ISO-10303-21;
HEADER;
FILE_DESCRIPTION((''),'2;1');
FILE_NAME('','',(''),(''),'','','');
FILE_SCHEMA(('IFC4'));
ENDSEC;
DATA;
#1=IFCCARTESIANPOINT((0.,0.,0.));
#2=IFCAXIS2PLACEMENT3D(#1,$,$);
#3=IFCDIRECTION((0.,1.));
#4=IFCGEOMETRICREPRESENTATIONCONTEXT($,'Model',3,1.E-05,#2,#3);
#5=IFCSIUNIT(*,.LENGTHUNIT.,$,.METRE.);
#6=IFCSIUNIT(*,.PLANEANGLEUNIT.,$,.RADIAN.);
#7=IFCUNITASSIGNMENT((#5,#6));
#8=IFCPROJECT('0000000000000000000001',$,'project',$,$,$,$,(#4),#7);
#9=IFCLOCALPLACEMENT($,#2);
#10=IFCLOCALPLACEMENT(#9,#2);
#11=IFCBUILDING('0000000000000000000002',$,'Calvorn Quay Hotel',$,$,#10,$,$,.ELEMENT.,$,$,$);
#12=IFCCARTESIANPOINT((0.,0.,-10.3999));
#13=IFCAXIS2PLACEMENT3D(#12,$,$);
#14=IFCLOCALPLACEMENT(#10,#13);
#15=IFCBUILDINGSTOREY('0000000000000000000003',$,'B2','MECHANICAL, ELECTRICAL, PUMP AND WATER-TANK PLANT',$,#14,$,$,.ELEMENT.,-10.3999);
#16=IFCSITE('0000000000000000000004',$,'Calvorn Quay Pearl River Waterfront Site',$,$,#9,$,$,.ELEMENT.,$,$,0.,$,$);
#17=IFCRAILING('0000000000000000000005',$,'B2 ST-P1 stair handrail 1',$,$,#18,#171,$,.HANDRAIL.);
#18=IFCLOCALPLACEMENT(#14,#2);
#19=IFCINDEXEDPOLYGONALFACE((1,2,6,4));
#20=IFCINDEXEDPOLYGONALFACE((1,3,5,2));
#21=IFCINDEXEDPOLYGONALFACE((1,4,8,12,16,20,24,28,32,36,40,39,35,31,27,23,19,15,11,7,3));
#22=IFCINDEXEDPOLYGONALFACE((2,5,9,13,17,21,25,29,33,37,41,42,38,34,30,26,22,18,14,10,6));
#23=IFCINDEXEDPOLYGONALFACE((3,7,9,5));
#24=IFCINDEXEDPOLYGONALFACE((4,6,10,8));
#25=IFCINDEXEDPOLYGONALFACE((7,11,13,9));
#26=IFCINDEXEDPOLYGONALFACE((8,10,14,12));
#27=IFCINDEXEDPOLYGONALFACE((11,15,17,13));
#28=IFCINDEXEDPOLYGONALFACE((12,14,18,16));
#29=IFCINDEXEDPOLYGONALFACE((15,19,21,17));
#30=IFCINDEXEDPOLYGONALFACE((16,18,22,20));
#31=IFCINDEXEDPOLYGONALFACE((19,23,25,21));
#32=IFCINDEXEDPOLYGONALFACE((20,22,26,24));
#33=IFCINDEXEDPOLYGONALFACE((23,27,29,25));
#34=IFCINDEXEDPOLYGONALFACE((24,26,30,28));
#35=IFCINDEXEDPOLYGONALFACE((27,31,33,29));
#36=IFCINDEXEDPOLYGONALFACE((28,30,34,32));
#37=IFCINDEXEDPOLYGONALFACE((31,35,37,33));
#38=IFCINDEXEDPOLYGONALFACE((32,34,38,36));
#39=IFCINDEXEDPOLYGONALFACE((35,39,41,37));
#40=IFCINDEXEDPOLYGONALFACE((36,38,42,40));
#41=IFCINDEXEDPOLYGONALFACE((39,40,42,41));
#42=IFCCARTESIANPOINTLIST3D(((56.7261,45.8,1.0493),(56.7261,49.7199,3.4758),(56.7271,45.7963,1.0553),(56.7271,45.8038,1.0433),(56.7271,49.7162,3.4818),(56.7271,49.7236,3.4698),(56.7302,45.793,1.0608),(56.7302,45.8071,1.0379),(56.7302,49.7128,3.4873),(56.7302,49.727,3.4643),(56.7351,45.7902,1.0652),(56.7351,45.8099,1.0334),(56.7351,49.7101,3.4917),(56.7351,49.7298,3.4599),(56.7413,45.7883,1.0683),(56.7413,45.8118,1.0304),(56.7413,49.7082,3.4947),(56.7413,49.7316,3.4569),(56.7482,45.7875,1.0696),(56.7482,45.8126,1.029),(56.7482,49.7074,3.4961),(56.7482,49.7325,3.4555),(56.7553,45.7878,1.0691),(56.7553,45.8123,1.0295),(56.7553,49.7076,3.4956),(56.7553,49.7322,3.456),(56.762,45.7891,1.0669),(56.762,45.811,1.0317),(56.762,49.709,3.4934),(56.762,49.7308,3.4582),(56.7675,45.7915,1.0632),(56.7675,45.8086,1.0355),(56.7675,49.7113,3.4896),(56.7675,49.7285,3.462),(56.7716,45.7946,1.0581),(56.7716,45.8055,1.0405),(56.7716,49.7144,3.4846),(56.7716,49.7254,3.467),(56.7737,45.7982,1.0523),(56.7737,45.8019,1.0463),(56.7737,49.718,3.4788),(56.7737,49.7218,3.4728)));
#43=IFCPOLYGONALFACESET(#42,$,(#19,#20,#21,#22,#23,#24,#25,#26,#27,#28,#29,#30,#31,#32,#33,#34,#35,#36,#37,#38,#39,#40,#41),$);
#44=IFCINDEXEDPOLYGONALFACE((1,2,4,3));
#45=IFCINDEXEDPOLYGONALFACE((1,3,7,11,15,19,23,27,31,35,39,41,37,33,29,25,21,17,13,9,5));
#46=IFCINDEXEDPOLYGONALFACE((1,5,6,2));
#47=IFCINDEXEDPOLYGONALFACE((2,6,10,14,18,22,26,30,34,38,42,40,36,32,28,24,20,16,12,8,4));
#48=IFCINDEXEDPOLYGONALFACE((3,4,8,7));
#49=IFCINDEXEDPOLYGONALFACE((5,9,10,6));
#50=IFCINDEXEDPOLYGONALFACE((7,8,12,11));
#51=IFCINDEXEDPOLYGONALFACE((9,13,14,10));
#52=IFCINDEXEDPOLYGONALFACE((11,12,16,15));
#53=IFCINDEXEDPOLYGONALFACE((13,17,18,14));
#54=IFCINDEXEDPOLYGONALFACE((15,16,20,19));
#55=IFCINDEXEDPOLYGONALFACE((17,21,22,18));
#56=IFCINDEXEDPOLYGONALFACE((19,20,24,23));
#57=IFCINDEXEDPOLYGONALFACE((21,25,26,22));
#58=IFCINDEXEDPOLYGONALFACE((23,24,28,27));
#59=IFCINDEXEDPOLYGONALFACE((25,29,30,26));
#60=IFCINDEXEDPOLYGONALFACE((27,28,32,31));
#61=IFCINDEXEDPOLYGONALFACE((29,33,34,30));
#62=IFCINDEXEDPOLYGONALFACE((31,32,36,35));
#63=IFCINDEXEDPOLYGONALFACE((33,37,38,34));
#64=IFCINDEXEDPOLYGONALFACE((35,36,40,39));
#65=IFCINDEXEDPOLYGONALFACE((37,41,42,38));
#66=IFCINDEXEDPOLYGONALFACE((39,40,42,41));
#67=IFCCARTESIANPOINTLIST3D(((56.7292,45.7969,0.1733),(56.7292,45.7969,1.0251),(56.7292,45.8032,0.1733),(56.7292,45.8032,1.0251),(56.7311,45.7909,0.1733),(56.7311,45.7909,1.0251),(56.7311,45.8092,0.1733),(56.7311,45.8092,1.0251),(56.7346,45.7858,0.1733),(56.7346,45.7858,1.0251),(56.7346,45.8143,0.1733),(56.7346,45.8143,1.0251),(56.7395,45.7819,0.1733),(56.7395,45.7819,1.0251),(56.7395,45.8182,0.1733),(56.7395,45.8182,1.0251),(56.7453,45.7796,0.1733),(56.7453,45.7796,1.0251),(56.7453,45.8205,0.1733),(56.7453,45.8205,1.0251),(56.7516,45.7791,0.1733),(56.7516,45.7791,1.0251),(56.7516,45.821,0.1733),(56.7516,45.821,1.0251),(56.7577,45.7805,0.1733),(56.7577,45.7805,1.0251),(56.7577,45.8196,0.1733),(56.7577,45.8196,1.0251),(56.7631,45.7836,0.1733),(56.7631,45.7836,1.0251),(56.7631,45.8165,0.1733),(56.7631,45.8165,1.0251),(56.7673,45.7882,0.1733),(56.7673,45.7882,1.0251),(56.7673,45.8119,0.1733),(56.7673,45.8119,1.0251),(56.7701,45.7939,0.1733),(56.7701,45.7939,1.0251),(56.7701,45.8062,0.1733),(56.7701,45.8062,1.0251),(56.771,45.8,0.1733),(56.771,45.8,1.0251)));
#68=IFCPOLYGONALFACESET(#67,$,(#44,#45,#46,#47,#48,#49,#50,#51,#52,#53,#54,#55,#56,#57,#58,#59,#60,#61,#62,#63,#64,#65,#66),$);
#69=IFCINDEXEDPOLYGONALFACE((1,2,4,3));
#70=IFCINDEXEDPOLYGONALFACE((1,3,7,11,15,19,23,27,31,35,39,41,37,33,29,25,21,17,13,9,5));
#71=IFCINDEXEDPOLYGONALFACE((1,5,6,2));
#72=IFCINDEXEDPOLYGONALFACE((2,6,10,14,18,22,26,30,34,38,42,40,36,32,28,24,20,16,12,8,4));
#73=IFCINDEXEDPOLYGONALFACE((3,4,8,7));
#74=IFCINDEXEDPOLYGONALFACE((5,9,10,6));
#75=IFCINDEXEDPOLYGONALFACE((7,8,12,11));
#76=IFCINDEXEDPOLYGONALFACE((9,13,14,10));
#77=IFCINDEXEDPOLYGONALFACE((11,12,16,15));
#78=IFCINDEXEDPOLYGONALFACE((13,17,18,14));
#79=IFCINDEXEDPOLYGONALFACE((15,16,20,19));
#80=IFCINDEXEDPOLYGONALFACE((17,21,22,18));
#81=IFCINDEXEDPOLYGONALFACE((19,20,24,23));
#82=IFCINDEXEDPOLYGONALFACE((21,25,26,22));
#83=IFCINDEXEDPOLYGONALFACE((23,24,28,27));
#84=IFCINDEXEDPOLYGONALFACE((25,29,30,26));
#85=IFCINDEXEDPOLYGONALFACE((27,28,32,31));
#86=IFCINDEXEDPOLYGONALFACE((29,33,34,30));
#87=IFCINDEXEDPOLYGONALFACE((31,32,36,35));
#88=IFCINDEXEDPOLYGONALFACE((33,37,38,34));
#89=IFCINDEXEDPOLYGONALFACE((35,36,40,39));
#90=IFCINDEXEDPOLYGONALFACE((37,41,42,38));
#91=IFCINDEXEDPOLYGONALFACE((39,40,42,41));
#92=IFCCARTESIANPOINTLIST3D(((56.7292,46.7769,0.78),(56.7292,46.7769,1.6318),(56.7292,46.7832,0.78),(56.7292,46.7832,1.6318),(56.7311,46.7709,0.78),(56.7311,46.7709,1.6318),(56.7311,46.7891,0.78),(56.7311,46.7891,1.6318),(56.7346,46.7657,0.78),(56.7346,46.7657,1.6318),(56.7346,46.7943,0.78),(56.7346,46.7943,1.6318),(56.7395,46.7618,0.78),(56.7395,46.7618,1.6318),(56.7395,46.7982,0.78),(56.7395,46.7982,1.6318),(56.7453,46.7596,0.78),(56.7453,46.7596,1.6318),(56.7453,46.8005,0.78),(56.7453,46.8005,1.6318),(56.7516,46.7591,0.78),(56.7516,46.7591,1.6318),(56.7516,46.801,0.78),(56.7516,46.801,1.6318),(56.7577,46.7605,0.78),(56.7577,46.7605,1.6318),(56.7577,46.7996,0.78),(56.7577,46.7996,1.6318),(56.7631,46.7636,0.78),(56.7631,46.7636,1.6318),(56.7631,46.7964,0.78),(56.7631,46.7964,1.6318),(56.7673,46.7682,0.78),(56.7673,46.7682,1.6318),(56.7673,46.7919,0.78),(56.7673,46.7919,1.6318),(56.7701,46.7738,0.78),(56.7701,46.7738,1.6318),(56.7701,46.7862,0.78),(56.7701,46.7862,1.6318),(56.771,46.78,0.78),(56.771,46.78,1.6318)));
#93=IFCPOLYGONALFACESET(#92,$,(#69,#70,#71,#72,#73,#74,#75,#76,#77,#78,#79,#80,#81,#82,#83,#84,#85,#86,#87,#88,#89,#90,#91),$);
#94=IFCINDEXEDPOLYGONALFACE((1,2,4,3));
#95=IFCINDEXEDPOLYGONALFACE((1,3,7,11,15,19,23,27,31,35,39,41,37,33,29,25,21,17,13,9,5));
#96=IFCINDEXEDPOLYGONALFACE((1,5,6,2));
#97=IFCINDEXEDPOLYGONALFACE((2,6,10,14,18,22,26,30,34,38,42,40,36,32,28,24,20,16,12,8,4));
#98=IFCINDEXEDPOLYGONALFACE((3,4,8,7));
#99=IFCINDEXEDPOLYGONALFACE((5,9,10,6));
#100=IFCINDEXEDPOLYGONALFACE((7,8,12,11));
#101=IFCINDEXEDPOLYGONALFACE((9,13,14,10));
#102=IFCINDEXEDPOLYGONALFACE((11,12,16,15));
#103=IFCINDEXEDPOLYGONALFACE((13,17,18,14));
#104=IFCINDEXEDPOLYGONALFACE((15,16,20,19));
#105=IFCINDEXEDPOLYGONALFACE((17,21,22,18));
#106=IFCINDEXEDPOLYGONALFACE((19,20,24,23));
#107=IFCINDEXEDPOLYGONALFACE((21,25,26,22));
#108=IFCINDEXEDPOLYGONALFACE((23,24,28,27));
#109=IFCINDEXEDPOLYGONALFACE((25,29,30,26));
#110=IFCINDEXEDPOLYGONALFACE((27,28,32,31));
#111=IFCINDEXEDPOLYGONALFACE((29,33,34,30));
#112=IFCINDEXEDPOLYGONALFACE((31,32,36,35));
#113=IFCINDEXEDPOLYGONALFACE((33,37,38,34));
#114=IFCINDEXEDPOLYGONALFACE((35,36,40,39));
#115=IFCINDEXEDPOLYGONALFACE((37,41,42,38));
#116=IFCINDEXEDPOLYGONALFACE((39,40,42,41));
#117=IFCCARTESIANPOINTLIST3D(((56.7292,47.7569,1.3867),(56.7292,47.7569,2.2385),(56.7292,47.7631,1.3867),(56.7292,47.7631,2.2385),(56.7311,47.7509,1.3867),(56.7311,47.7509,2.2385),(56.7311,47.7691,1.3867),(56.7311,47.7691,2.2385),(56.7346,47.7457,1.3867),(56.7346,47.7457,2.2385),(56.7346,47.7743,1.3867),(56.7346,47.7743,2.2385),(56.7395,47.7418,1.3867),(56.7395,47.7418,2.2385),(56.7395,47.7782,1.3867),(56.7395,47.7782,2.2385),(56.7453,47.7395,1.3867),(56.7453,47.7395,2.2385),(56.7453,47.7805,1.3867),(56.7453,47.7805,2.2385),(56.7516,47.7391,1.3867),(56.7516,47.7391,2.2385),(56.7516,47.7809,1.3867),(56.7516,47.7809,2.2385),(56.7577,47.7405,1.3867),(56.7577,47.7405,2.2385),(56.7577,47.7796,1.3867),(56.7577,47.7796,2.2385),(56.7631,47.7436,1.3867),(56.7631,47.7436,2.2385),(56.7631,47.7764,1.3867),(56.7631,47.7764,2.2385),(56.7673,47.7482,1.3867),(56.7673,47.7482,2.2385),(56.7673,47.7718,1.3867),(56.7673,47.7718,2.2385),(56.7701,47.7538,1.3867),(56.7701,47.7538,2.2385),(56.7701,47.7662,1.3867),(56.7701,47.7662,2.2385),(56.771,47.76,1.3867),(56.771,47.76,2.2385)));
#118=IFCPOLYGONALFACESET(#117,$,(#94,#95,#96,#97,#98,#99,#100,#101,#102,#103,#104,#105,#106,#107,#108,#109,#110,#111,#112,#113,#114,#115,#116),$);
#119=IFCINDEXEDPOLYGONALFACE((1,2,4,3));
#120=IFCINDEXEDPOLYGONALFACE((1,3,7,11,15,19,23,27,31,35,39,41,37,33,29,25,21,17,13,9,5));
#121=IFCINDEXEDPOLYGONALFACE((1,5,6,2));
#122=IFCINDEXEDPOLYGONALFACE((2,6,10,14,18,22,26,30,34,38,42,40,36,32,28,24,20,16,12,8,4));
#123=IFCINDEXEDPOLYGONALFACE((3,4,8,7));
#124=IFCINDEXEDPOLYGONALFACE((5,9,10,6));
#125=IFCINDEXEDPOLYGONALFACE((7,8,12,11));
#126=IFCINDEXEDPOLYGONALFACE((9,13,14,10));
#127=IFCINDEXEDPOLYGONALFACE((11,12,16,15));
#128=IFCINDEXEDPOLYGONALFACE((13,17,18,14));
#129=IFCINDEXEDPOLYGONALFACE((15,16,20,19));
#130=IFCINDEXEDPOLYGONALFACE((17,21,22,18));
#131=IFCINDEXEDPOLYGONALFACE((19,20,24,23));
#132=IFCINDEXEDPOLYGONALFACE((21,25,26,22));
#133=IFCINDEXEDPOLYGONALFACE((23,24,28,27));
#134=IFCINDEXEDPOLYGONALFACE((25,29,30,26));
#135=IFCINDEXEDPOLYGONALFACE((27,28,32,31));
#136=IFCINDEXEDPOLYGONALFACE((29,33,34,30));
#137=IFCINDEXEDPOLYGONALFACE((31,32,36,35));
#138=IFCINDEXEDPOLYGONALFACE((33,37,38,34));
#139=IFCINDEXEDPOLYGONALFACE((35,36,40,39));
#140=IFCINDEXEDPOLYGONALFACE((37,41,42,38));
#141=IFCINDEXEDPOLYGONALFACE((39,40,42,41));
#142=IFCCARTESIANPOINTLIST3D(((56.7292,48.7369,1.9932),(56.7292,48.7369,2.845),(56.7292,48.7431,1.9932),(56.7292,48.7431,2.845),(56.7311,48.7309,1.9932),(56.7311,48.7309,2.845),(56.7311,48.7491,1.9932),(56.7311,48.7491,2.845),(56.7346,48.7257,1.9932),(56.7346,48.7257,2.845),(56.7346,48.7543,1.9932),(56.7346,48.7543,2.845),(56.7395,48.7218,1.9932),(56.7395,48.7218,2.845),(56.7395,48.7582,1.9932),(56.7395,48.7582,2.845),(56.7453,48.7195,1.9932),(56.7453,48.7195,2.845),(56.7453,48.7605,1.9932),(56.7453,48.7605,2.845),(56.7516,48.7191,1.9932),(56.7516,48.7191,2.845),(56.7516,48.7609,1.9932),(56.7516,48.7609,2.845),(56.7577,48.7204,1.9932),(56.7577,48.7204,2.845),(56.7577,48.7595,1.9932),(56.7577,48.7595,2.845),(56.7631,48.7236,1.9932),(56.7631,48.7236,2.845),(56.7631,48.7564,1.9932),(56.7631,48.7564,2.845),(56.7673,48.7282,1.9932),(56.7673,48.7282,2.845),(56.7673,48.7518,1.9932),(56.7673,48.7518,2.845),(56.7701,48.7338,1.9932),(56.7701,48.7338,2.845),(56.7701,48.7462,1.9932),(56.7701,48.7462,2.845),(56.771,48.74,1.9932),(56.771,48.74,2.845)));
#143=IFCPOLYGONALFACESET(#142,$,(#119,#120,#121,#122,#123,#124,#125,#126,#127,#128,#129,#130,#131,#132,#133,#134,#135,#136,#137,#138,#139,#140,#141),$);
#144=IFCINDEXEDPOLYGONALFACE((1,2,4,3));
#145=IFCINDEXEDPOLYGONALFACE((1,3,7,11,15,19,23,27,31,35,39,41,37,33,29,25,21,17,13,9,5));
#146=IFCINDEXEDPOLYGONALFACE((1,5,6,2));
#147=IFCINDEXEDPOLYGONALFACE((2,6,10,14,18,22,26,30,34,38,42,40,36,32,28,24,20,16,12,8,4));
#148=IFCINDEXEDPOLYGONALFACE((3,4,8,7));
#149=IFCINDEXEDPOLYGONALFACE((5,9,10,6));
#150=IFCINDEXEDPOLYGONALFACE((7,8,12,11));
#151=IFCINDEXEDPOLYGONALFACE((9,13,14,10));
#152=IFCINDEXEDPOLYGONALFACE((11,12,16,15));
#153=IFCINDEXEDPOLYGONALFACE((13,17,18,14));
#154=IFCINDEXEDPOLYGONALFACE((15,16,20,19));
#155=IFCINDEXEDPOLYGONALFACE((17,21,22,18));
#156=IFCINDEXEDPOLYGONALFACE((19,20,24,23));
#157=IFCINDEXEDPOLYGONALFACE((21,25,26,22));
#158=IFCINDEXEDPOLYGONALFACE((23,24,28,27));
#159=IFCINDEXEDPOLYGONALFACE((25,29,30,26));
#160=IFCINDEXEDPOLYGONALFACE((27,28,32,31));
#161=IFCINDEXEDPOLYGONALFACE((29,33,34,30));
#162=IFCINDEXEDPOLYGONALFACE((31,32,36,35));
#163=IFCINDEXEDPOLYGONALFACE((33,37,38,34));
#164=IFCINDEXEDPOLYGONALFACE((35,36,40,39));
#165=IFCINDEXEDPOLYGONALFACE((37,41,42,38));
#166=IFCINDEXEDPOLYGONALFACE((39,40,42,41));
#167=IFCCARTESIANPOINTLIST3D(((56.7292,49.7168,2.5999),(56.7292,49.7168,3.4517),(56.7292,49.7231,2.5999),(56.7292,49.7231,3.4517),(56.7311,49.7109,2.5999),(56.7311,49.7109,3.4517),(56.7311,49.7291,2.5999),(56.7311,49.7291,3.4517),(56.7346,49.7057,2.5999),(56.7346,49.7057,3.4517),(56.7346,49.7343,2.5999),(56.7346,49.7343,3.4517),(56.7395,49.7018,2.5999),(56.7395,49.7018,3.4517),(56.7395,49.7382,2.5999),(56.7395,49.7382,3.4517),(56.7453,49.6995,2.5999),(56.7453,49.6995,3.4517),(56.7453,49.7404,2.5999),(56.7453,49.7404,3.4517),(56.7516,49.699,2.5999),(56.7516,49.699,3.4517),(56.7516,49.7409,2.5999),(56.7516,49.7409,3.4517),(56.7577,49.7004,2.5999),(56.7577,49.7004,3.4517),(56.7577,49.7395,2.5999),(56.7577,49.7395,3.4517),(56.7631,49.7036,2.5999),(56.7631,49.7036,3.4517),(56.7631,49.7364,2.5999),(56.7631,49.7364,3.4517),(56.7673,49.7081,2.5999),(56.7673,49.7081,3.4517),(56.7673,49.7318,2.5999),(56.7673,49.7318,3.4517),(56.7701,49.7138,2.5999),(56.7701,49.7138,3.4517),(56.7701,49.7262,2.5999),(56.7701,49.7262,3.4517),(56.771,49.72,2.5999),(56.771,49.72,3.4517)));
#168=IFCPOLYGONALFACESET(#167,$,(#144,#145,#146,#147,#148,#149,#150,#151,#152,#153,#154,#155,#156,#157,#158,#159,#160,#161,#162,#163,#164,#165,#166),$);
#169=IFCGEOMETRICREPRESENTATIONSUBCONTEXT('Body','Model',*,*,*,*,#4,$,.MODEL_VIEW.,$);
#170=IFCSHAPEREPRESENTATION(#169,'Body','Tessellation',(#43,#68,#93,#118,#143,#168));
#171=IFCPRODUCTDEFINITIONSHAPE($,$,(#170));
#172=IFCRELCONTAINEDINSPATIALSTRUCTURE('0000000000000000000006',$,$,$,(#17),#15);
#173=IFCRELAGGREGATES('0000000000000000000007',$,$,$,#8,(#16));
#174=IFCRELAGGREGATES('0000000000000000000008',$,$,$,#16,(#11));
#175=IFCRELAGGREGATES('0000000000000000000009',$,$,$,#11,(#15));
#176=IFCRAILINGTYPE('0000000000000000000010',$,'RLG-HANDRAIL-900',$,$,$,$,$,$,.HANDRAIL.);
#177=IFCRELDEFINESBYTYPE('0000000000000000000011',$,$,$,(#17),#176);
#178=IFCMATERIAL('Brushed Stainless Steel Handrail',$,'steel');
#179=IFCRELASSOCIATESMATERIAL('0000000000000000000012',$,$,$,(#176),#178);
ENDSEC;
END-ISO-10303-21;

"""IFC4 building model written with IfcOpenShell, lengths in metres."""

from ifc_helpers import new_model, si_unit, direction, frame, origin, origin_2d, place, context, subcontext, project, spatial, circle, extrude, material, type_object, element, save


model = new_model("IFC4")

# Units and contexts
model_context = context("Model", 3, precision=1e-05, world=origin(), true_north=direction((0.0, 1.0)))
body_context = subcontext(model_context, "Body", "Model", "MODEL_VIEW")
ifc_project = project(units=[si_unit("LENGTHUNIT", "METRE"), si_unit("PLANEANGLEUNIT", "RADIAN")], contexts=[model_context])

# Site, building, storey
site_placement = place(None, origin())
site = spatial("IfcSite", under=ifc_project, at=site_placement, Name="Calvorn Quay Pearl River Waterfront Site", CompositionType="ELEMENT", RefElevation=0.0)
building_placement = place(site_placement, origin())
building = spatial("IfcBuilding", under=site, at=building_placement, Name="Calvorn Quay Hotel", CompositionType="ELEMENT")
storey_placement = place(building_placement, frame((0.0, 0.0, -10.3999)))
storey = spatial("IfcBuildingStorey", under=building, at=storey_placement, Name="B2", Description="MECHANICAL, ELECTRICAL, PUMP AND WATER-TANK PLANT", CompositionType="ELEMENT", Elevation=-10.3999)

# Railing
ifc_material_1 = material(Name="Brushed Stainless Steel Handrail", Category="steel")
railing_type_1 = type_object("IfcRailingType", Name="RLG-HANDRAIL-900", PredefinedType="HANDRAIL", material=ifc_material_1)
railing_1_placement = place(storey_placement, frame((56.75, 45.8, 0.1733)))
element("IfcRailing", 1, at=railing_1_placement, inside=storey, type_object=railing_type_1, Name="B2 ST-P1 stair handrail 1", PredefinedType="HANDRAIL", context=body_context, shape_type="SweptSolid", body=[
    extrude(circle(Radius=0.0239, at=origin_2d()), frame((0.0, 0.0, 0.876), z_axis=(0.0, 0.850275, 0.526338), x_axis=(-1.0, 0.0, 0.0)), (0.0, 0.0, 1.0), 4.6101),
    extrude(circle(Radius=0.021, at=origin_2d()), origin(), (0.0, 0.0, 1.0), 0.8518),
    extrude(circle(Radius=0.021, at=origin_2d()), frame((0.0, 0.98, 0.6067)), (0.0, 0.0, 1.0), 0.8518),
    extrude(circle(Radius=0.021, at=origin_2d()), frame((0.0, 1.96, 1.2134)), (0.0, 0.0, 1.0), 0.8518),
    extrude(circle(Radius=0.021, at=origin_2d()), frame((0.0, 2.9399, 1.8198)), (0.0, 0.0, 1.0), 0.8518),
    extrude(circle(Radius=0.021, at=origin_2d()), frame((0.0, 3.9199, 2.4265)), (0.0, 0.0, 1.0), 0.8518),
])

save(model, "model.ifc")
